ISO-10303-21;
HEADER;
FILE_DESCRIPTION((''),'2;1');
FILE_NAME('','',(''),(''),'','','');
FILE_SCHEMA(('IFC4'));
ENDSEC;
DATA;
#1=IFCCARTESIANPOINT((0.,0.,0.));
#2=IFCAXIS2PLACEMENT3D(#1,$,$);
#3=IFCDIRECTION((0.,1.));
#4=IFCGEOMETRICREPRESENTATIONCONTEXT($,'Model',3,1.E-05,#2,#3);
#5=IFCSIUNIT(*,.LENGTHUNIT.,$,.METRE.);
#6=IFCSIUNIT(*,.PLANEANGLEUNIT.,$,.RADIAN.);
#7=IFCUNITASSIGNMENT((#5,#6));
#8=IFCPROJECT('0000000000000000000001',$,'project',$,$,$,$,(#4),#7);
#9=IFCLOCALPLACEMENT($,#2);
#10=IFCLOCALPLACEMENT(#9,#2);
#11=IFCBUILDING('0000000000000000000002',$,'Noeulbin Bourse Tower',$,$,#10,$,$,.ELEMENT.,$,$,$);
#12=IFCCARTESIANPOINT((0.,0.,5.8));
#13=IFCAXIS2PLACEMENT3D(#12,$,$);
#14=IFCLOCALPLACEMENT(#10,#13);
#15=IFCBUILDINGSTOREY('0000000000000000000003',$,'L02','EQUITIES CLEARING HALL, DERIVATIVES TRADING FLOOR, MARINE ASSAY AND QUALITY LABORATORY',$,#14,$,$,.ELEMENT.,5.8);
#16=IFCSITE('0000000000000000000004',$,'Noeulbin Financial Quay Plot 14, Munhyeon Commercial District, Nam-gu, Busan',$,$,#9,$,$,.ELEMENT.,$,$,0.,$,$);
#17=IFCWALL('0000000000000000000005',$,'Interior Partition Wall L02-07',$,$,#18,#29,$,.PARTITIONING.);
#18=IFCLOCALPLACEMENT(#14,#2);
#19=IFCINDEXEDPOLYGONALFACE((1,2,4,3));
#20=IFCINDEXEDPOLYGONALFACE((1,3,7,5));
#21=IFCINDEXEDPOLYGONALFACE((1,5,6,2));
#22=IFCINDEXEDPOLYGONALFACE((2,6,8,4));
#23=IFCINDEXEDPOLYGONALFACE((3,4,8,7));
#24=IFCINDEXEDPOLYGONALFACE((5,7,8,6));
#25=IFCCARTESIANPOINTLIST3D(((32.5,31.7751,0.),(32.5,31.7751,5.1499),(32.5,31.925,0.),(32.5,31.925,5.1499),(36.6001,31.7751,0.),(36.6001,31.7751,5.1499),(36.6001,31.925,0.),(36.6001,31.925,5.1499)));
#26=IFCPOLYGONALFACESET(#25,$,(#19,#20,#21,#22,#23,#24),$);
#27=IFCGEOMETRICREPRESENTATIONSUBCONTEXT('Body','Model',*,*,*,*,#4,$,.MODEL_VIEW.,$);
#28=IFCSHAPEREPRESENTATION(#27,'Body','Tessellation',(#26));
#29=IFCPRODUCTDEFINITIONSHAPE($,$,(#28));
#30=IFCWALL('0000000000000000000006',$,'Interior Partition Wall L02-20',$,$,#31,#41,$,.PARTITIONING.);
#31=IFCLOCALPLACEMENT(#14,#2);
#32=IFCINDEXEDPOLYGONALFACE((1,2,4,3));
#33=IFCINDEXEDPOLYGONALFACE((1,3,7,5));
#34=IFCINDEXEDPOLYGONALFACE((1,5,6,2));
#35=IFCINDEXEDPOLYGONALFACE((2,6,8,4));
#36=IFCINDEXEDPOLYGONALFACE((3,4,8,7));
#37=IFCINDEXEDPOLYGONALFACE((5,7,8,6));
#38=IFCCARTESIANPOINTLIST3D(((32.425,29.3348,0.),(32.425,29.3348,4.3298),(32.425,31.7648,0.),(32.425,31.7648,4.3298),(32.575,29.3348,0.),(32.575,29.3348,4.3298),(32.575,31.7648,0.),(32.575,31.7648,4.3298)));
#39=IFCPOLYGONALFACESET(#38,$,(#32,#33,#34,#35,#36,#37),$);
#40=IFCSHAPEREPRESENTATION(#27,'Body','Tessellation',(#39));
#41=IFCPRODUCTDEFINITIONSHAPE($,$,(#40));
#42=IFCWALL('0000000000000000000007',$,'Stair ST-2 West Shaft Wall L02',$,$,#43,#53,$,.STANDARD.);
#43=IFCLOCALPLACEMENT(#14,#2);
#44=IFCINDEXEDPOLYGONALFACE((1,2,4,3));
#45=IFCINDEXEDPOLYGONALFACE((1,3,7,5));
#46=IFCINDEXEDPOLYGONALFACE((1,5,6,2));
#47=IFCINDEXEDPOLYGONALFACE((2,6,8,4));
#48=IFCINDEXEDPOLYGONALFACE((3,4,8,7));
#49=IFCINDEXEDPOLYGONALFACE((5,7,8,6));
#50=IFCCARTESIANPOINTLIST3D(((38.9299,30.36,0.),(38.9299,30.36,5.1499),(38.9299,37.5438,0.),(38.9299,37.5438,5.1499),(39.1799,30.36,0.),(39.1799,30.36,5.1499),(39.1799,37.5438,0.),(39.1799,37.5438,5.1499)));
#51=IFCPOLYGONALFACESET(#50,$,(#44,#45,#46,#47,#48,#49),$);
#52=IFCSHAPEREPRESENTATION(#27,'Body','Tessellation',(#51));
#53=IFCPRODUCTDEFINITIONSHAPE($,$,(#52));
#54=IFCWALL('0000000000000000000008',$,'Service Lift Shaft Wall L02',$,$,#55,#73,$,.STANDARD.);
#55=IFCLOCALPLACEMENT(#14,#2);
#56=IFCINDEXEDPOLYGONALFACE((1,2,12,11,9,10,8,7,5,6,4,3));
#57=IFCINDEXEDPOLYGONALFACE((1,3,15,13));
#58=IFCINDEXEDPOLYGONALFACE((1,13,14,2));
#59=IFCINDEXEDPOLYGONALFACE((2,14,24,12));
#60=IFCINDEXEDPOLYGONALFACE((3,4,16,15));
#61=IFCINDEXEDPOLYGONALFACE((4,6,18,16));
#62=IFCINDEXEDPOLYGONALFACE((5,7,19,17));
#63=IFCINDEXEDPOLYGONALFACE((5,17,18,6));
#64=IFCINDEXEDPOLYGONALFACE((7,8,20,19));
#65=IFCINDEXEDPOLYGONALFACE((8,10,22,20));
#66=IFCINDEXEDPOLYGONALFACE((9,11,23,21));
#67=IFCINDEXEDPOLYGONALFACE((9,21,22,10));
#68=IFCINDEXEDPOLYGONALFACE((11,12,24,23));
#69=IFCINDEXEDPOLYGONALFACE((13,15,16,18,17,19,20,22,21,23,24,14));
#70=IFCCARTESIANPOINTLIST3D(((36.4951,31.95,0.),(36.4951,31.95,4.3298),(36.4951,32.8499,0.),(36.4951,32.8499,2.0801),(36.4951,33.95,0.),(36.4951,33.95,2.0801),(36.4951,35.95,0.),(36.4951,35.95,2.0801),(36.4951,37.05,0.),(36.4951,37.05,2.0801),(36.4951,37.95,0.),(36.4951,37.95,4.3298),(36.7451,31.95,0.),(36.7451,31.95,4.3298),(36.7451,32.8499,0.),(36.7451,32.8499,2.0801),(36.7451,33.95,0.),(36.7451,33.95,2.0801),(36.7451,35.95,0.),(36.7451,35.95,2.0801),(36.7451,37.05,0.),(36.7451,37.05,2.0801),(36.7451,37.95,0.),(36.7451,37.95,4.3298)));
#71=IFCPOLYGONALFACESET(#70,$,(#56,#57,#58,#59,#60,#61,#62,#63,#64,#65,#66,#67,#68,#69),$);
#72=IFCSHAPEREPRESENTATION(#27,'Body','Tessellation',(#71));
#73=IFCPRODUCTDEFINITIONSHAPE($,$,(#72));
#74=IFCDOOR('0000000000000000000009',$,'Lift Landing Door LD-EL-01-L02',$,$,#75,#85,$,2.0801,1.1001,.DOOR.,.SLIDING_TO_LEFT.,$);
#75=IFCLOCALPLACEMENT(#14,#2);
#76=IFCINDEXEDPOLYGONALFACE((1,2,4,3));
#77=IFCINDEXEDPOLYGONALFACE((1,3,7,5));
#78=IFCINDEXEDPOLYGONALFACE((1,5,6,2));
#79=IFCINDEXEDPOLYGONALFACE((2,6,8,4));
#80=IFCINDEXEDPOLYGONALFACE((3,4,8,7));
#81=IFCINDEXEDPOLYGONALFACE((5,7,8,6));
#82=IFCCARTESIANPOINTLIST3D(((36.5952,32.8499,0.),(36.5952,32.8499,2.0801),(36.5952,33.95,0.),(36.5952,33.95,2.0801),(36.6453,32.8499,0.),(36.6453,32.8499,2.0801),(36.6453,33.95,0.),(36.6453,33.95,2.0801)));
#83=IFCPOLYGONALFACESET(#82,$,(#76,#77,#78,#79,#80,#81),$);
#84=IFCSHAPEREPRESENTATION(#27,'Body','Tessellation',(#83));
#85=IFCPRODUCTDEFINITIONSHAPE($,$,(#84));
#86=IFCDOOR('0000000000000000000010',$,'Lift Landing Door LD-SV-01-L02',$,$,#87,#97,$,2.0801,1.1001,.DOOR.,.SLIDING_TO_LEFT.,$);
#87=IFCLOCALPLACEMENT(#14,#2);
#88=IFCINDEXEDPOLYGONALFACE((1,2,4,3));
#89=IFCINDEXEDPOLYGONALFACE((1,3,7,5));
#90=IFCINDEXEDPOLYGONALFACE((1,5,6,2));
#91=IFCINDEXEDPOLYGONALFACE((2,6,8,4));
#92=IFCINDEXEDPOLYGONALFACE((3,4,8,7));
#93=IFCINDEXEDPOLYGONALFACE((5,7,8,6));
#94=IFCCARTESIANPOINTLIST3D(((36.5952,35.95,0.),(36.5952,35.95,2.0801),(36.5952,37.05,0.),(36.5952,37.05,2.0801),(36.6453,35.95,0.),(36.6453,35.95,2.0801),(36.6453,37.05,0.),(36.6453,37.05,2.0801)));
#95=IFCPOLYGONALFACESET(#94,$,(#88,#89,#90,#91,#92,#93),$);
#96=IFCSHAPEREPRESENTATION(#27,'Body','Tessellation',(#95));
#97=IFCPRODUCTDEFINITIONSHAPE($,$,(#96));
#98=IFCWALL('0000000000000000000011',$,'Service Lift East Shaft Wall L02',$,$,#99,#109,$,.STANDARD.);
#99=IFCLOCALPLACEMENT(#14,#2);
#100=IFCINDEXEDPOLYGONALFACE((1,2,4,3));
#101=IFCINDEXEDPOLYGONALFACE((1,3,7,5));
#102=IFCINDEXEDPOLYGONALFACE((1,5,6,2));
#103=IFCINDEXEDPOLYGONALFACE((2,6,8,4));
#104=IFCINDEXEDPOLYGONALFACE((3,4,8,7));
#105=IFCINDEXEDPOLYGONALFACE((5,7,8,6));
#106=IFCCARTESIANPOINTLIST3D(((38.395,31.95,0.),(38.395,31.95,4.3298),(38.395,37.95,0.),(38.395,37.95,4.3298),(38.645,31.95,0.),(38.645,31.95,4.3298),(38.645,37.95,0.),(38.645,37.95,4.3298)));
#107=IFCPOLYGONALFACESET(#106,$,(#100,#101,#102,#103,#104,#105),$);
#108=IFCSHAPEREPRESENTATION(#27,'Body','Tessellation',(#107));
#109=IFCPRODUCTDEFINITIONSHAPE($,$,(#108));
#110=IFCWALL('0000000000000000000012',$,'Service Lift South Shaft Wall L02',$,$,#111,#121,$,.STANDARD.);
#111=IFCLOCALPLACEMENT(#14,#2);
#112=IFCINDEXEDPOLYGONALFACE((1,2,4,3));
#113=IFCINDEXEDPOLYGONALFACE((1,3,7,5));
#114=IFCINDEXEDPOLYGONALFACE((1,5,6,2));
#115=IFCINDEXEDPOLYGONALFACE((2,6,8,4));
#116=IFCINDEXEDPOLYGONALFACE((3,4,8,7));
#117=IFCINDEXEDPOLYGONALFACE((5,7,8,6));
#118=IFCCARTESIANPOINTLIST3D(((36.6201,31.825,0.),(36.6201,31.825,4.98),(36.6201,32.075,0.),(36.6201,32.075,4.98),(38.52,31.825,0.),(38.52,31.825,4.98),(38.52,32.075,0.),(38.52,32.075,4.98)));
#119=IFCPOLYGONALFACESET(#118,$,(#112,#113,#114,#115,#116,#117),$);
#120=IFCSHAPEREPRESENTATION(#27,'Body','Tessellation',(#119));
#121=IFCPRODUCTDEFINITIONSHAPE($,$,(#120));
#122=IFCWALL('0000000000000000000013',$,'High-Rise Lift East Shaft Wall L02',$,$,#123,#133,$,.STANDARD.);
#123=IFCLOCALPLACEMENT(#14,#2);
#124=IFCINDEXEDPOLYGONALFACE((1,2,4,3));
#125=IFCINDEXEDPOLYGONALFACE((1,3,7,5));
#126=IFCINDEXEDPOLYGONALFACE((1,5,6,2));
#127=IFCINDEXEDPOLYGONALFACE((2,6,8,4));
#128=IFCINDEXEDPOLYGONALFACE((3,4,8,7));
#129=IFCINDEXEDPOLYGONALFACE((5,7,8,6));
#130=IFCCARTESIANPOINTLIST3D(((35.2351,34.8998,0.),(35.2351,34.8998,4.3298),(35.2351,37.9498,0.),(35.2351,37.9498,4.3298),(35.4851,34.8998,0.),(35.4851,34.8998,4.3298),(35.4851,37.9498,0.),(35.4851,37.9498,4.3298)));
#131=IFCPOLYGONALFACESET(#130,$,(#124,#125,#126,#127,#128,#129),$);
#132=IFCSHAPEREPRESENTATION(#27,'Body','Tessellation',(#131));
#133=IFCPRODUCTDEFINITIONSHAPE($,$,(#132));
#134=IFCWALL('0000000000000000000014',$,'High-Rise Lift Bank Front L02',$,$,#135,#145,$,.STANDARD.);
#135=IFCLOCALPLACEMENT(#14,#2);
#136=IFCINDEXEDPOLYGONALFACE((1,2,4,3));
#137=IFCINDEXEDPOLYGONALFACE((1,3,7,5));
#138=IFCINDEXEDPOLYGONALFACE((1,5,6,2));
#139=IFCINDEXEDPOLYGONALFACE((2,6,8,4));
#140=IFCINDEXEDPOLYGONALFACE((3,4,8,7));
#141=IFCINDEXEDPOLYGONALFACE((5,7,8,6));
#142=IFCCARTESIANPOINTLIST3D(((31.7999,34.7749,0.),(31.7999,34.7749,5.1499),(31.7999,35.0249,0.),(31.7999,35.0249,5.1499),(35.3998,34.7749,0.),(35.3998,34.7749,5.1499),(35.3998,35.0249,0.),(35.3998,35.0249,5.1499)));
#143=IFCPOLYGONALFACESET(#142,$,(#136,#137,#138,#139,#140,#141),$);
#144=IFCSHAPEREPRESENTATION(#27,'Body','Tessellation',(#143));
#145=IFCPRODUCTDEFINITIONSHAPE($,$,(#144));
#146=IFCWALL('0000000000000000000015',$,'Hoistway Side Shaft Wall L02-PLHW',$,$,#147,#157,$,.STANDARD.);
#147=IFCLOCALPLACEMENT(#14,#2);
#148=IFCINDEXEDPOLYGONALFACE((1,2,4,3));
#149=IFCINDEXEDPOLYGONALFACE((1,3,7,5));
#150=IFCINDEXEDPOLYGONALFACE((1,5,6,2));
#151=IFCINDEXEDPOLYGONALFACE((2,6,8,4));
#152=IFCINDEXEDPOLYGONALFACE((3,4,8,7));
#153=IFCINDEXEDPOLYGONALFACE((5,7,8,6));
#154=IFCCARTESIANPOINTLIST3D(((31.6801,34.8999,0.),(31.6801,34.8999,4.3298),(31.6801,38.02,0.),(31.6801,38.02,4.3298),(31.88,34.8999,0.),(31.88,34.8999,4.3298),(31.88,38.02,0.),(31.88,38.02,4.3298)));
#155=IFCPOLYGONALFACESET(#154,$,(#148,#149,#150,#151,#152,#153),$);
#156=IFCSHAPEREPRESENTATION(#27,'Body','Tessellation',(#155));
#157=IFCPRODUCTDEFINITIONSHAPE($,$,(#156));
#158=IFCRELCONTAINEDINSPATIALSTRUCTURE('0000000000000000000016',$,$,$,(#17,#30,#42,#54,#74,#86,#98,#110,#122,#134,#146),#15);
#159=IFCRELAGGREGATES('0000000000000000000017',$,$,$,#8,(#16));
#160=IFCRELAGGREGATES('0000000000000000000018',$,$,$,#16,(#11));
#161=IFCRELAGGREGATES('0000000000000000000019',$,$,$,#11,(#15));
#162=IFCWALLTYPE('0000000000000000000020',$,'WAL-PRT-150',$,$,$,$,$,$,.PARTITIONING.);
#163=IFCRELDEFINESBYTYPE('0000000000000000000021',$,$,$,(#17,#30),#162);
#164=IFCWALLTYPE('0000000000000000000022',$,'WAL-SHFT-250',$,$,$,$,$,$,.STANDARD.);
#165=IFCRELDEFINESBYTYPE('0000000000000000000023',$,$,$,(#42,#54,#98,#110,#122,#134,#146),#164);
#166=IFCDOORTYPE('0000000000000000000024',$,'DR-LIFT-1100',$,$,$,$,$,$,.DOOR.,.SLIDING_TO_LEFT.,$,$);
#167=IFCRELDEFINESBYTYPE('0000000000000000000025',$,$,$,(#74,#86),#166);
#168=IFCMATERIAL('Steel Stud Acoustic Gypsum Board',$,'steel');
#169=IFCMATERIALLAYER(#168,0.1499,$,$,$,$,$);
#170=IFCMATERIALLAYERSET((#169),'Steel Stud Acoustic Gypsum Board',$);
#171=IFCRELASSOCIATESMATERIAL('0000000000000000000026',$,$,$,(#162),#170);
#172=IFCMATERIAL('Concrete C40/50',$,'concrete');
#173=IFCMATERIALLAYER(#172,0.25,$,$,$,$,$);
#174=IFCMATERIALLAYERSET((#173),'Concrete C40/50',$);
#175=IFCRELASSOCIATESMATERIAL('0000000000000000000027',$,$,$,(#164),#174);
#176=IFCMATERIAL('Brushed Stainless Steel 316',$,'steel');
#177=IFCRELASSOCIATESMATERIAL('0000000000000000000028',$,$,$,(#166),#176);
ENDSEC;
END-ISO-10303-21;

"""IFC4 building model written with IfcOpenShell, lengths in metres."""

from ifc_helpers import new_model, si_unit, direction, frame, frame_2d, origin, place, context, subcontext, project, spatial, rectangle, extrude, material, layer, layer_set, type_object, element, fill, save


model = new_model("IFC4")

# Units and contexts
model_context = context("Model", 3, precision=1e-05, world=origin(), true_north=direction((0.0, 1.0)))
body_context = subcontext(model_context, "Body", "Model", "MODEL_VIEW")
ifc_project = project(units=[si_unit("LENGTHUNIT", "METRE"), si_unit("PLANEANGLEUNIT", "RADIAN")], contexts=[model_context])

# Site, building, storey
site_placement = place(None, origin())
site = spatial("IfcSite", under=ifc_project, at=site_placement, Name="Noeulbin Financial Quay Plot 14, Munhyeon Commercial District, Nam-gu, Busan", CompositionType="ELEMENT", RefElevation=0.0)
building_placement = place(site_placement, origin())
building = spatial("IfcBuilding", under=site, at=building_placement, Name="Noeulbin Bourse Tower", CompositionType="ELEMENT")
storey_placement = place(building_placement, frame((0.0, 0.0, 5.8)))
storey = spatial("IfcBuildingStorey", under=building, at=storey_placement, Name="L02", Description="EQUITIES CLEARING HALL, DERIVATIVES TRADING FLOOR, MARINE ASSAY AND QUALITY LABORATORY", CompositionType="ELEMENT", Elevation=5.8)

# Walls
ifc_material_1 = material(Name="Concrete C40/50", Category="concrete")
ifc_material_2 = material(Name="Steel Stud Acoustic Gypsum Board", Category="steel")
ifc_layer_1 = layer(ifc_material_2, 0.1499)
ifc_layer_set_1 = layer_set([ifc_layer_1], Name="Steel Stud Acoustic Gypsum Board")
wall_type_1 = type_object("IfcWallType", Name="WAL-PRT-150", PredefinedType="PARTITIONING", material=ifc_layer_set_1)
wall_1_placement = place(storey_placement, frame((32.5, 31.8501, 0.0), z_axis=(0.0, 0.0, 1.0), x_axis=(1.0, 0.0, 0.0)))
element("IfcWall", 1, at=wall_1_placement, inside=storey, type_object=wall_type_1, Name="Interior Partition Wall L02-07", PredefinedType="PARTITIONING", context=body_context, shape_type="SweptSolid", body=[
    extrude(rectangle(XDim=4.1001, YDim=0.1499, at=frame_2d((2.05, 0.0))), origin(), (0.0, 0.0, 1.0), 5.1499),
])
wall_2_placement = place(storey_placement, frame((32.5, 29.335, 0.0), z_axis=(0.0, 0.0, 1.0), x_axis=(0.0, 1.0, 0.0)))
element("IfcWall", 2, at=wall_2_placement, inside=storey, type_object=wall_type_1, Name="Interior Partition Wall L02-20", PredefinedType="PARTITIONING", context=body_context, shape_type="SweptSolid", body=[
    extrude(rectangle(XDim=2.4299, YDim=0.1499, at=frame_2d((1.2148, 0.0))), origin(), (0.0, 0.0, 1.0), 4.3298),
])
ifc_layer_2 = layer(ifc_material_1, 0.25)
ifc_layer_set_2 = layer_set([ifc_layer_2], Name="Concrete C40/50")
wall_type_2 = type_object("IfcWallType", Name="WAL-SHFT-250", PredefinedType="STANDARD", material=ifc_layer_set_2)
wall_3_placement = place(storey_placement, frame((39.0549, 30.3601, 0.0), z_axis=(0.0, 0.0, 1.0), x_axis=(0.0, 1.0, 0.0)))
element("IfcWall", 3, at=wall_3_placement, inside=storey, type_object=wall_type_2, Name="Stair ST-2 West Shaft Wall L02", PredefinedType="STANDARD", context=body_context, shape_type="SweptSolid", body=[
    extrude(rectangle(XDim=7.1838, YDim=0.25, at=frame_2d((3.5918, 0.0))), origin(), (0.0, 0.0, 1.0), 5.1499),
])

# Wall, openings, doors
wall_4_placement = place(storey_placement, frame((36.6201, 31.95, 0.0), z_axis=(0.0, 0.0, 1.0), x_axis=(0.0, 1.0, 0.0)))
wall_4 = element("IfcWall", 4, at=wall_4_placement, inside=storey, type_object=wall_type_2, Name="Service Lift Shaft Wall L02", PredefinedType="STANDARD", context=body_context, shape_type="SweptSolid", body=[
    extrude(rectangle(XDim=6.0, YDim=0.25, at=frame_2d((3.0, 0.0))), origin(), (0.0, 0.0, 1.0), 4.3298),
])
opening_1_placement = place(wall_4_placement, frame((0.8999, 0.0, 0.0)))
opening_1 = element("IfcOpeningElement", 5, at=opening_1_placement, cuts=wall_4, PredefinedType="OPENING", context=body_context, shape_type="SweptSolid", body=[
    extrude(rectangle(XDim=1.1001, YDim=2.0801, at=frame_2d((0.55, 1.04))), frame((0.0, 0.135, 0.0), z_axis=(0.0, -1.0, 0.0), x_axis=(1.0, 0.0, 0.0)), (0.0, 0.0, 1.0), 0.27),
])
opening_2_placement = place(wall_4_placement, frame((4.0, 0.0, 0.0)))
opening_2 = element("IfcOpeningElement", 6, at=opening_2_placement, cuts=wall_4, PredefinedType="OPENING", context=body_context, shape_type="SweptSolid", body=[
    extrude(rectangle(XDim=1.1001, YDim=2.0801, at=frame_2d((0.55, 1.04))), frame((0.0, 0.135, 0.0), z_axis=(0.0, -1.0, 0.0), x_axis=(1.0, 0.0, 0.0)), (0.0, 0.0, 1.0), 0.27),
])
ifc_material_3 = material(Name="Brushed Stainless Steel 316", Category="steel")
door_type = type_object("IfcDoorType", Name="DR-LIFT-1100", OperationType="SLIDING_TO_LEFT", PredefinedType="DOOR", material=ifc_material_3)
door_1_placement = place(opening_1_placement, origin())
door_1 = element("IfcDoor", 7, at=door_1_placement, inside=storey, type_object=door_type, Name="Lift Landing Door LD-EL-01-L02", OperationType="SLIDING_TO_LEFT", OverallHeight=2.0801, OverallWidth=1.1001, PredefinedType="DOOR", context=body_context, shape_type="SweptSolid", body=[
    extrude(rectangle(XDim=1.1001, YDim=2.0801, at=frame_2d((0.55, 1.04))), frame((0.0, 0.0249, 0.0), z_axis=(0.0, -1.0, 0.0), x_axis=(1.0, 0.0, 0.0)), (0.0, 0.0, 1.0), 0.05),
])
fill(opening_1, door_1)
door_2_placement = place(opening_2_placement, origin())
door_2 = element("IfcDoor", 8, at=door_2_placement, inside=storey, type_object=door_type, Name="Lift Landing Door LD-SV-01-L02", OperationType="SLIDING_TO_LEFT", OverallHeight=2.0801, OverallWidth=1.1001, PredefinedType="DOOR", context=body_context, shape_type="SweptSolid", body=[
    extrude(rectangle(XDim=1.1001, YDim=2.0801, at=frame_2d((0.55, 1.04))), frame((0.0, 0.0249, 0.0), z_axis=(0.0, -1.0, 0.0), x_axis=(1.0, 0.0, 0.0)), (0.0, 0.0, 1.0), 0.05),
])
fill(opening_2, door_2)

# Walls
wall_5_placement = place(storey_placement, frame((38.52, 31.95, 0.0), z_axis=(0.0, 0.0, 1.0), x_axis=(0.0, 1.0, 0.0)))
element("IfcWall", 9, at=wall_5_placement, inside=storey, type_object=wall_type_2, Name="Service Lift East Shaft Wall L02", PredefinedType="STANDARD", context=body_context, shape_type="SweptSolid", body=[
    extrude(rectangle(XDim=6.0, YDim=0.25, at=frame_2d((3.0, 0.0))), origin(), (0.0, 0.0, 1.0), 4.3298),
])
wall_6_placement = place(storey_placement, frame((36.6201, 31.95, 0.0), z_axis=(0.0, 0.0, 1.0), x_axis=(1.0, 0.0, 0.0)))
element("IfcWall", 10, at=wall_6_placement, inside=storey, type_object=wall_type_2, Name="Service Lift South Shaft Wall L02", PredefinedType="STANDARD", context=body_context, shape_type="SweptSolid", body=[
    extrude(rectangle(XDim=1.8999, YDim=0.25, at=frame_2d((0.95, 0.0))), origin(), (0.0, 0.0, 1.0), 4.98),
])
wall_7_placement = place(storey_placement, frame((35.3601, 34.8999, 0.0), z_axis=(0.0, 0.0, 1.0), x_axis=(0.0, 1.0, 0.0)))
element("IfcWall", 11, at=wall_7_placement, inside=storey, type_object=wall_type_2, Name="High-Rise Lift East Shaft Wall L02", PredefinedType="STANDARD", context=body_context, shape_type="SweptSolid", body=[
    extrude(rectangle(XDim=3.05, YDim=0.25, at=frame_2d((1.5249, 0.0))), origin(), (0.0, 0.0, 1.0), 4.3298),
])
wall_8_placement = place(storey_placement, frame((31.8, 34.8999, 0.0), z_axis=(0.0, 0.0, 1.0), x_axis=(1.0, 0.0, 0.0)))
element("IfcWall", 12, at=wall_8_placement, inside=storey, type_object=wall_type_2, Name="High-Rise Lift Bank Front L02", PredefinedType="STANDARD", context=body_context, shape_type="SweptSolid", body=[
    extrude(rectangle(XDim=3.5999, YDim=0.25, at=frame_2d((1.7998, 0.0))), origin(), (0.0, 0.0, 1.0), 5.1499),
])
wall_9_placement = place(storey_placement, frame((31.78, 34.8999, 0.0), z_axis=(0.0, 0.0, 1.0), x_axis=(0.0, 1.0, 0.0)))
element("IfcWall", 13, at=wall_9_placement, inside=storey, type_object=wall_type_2, Name="Hoistway Side Shaft Wall L02-PLHW", PredefinedType="STANDARD", context=body_context, shape_type="SweptSolid", body=[
    extrude(rectangle(XDim=3.1201, YDim=0.2, at=frame_2d((1.5601, 0.0))), origin(), (0.0, 0.0, 1.0), 4.3298),
])

save(model, "model.ifc")
